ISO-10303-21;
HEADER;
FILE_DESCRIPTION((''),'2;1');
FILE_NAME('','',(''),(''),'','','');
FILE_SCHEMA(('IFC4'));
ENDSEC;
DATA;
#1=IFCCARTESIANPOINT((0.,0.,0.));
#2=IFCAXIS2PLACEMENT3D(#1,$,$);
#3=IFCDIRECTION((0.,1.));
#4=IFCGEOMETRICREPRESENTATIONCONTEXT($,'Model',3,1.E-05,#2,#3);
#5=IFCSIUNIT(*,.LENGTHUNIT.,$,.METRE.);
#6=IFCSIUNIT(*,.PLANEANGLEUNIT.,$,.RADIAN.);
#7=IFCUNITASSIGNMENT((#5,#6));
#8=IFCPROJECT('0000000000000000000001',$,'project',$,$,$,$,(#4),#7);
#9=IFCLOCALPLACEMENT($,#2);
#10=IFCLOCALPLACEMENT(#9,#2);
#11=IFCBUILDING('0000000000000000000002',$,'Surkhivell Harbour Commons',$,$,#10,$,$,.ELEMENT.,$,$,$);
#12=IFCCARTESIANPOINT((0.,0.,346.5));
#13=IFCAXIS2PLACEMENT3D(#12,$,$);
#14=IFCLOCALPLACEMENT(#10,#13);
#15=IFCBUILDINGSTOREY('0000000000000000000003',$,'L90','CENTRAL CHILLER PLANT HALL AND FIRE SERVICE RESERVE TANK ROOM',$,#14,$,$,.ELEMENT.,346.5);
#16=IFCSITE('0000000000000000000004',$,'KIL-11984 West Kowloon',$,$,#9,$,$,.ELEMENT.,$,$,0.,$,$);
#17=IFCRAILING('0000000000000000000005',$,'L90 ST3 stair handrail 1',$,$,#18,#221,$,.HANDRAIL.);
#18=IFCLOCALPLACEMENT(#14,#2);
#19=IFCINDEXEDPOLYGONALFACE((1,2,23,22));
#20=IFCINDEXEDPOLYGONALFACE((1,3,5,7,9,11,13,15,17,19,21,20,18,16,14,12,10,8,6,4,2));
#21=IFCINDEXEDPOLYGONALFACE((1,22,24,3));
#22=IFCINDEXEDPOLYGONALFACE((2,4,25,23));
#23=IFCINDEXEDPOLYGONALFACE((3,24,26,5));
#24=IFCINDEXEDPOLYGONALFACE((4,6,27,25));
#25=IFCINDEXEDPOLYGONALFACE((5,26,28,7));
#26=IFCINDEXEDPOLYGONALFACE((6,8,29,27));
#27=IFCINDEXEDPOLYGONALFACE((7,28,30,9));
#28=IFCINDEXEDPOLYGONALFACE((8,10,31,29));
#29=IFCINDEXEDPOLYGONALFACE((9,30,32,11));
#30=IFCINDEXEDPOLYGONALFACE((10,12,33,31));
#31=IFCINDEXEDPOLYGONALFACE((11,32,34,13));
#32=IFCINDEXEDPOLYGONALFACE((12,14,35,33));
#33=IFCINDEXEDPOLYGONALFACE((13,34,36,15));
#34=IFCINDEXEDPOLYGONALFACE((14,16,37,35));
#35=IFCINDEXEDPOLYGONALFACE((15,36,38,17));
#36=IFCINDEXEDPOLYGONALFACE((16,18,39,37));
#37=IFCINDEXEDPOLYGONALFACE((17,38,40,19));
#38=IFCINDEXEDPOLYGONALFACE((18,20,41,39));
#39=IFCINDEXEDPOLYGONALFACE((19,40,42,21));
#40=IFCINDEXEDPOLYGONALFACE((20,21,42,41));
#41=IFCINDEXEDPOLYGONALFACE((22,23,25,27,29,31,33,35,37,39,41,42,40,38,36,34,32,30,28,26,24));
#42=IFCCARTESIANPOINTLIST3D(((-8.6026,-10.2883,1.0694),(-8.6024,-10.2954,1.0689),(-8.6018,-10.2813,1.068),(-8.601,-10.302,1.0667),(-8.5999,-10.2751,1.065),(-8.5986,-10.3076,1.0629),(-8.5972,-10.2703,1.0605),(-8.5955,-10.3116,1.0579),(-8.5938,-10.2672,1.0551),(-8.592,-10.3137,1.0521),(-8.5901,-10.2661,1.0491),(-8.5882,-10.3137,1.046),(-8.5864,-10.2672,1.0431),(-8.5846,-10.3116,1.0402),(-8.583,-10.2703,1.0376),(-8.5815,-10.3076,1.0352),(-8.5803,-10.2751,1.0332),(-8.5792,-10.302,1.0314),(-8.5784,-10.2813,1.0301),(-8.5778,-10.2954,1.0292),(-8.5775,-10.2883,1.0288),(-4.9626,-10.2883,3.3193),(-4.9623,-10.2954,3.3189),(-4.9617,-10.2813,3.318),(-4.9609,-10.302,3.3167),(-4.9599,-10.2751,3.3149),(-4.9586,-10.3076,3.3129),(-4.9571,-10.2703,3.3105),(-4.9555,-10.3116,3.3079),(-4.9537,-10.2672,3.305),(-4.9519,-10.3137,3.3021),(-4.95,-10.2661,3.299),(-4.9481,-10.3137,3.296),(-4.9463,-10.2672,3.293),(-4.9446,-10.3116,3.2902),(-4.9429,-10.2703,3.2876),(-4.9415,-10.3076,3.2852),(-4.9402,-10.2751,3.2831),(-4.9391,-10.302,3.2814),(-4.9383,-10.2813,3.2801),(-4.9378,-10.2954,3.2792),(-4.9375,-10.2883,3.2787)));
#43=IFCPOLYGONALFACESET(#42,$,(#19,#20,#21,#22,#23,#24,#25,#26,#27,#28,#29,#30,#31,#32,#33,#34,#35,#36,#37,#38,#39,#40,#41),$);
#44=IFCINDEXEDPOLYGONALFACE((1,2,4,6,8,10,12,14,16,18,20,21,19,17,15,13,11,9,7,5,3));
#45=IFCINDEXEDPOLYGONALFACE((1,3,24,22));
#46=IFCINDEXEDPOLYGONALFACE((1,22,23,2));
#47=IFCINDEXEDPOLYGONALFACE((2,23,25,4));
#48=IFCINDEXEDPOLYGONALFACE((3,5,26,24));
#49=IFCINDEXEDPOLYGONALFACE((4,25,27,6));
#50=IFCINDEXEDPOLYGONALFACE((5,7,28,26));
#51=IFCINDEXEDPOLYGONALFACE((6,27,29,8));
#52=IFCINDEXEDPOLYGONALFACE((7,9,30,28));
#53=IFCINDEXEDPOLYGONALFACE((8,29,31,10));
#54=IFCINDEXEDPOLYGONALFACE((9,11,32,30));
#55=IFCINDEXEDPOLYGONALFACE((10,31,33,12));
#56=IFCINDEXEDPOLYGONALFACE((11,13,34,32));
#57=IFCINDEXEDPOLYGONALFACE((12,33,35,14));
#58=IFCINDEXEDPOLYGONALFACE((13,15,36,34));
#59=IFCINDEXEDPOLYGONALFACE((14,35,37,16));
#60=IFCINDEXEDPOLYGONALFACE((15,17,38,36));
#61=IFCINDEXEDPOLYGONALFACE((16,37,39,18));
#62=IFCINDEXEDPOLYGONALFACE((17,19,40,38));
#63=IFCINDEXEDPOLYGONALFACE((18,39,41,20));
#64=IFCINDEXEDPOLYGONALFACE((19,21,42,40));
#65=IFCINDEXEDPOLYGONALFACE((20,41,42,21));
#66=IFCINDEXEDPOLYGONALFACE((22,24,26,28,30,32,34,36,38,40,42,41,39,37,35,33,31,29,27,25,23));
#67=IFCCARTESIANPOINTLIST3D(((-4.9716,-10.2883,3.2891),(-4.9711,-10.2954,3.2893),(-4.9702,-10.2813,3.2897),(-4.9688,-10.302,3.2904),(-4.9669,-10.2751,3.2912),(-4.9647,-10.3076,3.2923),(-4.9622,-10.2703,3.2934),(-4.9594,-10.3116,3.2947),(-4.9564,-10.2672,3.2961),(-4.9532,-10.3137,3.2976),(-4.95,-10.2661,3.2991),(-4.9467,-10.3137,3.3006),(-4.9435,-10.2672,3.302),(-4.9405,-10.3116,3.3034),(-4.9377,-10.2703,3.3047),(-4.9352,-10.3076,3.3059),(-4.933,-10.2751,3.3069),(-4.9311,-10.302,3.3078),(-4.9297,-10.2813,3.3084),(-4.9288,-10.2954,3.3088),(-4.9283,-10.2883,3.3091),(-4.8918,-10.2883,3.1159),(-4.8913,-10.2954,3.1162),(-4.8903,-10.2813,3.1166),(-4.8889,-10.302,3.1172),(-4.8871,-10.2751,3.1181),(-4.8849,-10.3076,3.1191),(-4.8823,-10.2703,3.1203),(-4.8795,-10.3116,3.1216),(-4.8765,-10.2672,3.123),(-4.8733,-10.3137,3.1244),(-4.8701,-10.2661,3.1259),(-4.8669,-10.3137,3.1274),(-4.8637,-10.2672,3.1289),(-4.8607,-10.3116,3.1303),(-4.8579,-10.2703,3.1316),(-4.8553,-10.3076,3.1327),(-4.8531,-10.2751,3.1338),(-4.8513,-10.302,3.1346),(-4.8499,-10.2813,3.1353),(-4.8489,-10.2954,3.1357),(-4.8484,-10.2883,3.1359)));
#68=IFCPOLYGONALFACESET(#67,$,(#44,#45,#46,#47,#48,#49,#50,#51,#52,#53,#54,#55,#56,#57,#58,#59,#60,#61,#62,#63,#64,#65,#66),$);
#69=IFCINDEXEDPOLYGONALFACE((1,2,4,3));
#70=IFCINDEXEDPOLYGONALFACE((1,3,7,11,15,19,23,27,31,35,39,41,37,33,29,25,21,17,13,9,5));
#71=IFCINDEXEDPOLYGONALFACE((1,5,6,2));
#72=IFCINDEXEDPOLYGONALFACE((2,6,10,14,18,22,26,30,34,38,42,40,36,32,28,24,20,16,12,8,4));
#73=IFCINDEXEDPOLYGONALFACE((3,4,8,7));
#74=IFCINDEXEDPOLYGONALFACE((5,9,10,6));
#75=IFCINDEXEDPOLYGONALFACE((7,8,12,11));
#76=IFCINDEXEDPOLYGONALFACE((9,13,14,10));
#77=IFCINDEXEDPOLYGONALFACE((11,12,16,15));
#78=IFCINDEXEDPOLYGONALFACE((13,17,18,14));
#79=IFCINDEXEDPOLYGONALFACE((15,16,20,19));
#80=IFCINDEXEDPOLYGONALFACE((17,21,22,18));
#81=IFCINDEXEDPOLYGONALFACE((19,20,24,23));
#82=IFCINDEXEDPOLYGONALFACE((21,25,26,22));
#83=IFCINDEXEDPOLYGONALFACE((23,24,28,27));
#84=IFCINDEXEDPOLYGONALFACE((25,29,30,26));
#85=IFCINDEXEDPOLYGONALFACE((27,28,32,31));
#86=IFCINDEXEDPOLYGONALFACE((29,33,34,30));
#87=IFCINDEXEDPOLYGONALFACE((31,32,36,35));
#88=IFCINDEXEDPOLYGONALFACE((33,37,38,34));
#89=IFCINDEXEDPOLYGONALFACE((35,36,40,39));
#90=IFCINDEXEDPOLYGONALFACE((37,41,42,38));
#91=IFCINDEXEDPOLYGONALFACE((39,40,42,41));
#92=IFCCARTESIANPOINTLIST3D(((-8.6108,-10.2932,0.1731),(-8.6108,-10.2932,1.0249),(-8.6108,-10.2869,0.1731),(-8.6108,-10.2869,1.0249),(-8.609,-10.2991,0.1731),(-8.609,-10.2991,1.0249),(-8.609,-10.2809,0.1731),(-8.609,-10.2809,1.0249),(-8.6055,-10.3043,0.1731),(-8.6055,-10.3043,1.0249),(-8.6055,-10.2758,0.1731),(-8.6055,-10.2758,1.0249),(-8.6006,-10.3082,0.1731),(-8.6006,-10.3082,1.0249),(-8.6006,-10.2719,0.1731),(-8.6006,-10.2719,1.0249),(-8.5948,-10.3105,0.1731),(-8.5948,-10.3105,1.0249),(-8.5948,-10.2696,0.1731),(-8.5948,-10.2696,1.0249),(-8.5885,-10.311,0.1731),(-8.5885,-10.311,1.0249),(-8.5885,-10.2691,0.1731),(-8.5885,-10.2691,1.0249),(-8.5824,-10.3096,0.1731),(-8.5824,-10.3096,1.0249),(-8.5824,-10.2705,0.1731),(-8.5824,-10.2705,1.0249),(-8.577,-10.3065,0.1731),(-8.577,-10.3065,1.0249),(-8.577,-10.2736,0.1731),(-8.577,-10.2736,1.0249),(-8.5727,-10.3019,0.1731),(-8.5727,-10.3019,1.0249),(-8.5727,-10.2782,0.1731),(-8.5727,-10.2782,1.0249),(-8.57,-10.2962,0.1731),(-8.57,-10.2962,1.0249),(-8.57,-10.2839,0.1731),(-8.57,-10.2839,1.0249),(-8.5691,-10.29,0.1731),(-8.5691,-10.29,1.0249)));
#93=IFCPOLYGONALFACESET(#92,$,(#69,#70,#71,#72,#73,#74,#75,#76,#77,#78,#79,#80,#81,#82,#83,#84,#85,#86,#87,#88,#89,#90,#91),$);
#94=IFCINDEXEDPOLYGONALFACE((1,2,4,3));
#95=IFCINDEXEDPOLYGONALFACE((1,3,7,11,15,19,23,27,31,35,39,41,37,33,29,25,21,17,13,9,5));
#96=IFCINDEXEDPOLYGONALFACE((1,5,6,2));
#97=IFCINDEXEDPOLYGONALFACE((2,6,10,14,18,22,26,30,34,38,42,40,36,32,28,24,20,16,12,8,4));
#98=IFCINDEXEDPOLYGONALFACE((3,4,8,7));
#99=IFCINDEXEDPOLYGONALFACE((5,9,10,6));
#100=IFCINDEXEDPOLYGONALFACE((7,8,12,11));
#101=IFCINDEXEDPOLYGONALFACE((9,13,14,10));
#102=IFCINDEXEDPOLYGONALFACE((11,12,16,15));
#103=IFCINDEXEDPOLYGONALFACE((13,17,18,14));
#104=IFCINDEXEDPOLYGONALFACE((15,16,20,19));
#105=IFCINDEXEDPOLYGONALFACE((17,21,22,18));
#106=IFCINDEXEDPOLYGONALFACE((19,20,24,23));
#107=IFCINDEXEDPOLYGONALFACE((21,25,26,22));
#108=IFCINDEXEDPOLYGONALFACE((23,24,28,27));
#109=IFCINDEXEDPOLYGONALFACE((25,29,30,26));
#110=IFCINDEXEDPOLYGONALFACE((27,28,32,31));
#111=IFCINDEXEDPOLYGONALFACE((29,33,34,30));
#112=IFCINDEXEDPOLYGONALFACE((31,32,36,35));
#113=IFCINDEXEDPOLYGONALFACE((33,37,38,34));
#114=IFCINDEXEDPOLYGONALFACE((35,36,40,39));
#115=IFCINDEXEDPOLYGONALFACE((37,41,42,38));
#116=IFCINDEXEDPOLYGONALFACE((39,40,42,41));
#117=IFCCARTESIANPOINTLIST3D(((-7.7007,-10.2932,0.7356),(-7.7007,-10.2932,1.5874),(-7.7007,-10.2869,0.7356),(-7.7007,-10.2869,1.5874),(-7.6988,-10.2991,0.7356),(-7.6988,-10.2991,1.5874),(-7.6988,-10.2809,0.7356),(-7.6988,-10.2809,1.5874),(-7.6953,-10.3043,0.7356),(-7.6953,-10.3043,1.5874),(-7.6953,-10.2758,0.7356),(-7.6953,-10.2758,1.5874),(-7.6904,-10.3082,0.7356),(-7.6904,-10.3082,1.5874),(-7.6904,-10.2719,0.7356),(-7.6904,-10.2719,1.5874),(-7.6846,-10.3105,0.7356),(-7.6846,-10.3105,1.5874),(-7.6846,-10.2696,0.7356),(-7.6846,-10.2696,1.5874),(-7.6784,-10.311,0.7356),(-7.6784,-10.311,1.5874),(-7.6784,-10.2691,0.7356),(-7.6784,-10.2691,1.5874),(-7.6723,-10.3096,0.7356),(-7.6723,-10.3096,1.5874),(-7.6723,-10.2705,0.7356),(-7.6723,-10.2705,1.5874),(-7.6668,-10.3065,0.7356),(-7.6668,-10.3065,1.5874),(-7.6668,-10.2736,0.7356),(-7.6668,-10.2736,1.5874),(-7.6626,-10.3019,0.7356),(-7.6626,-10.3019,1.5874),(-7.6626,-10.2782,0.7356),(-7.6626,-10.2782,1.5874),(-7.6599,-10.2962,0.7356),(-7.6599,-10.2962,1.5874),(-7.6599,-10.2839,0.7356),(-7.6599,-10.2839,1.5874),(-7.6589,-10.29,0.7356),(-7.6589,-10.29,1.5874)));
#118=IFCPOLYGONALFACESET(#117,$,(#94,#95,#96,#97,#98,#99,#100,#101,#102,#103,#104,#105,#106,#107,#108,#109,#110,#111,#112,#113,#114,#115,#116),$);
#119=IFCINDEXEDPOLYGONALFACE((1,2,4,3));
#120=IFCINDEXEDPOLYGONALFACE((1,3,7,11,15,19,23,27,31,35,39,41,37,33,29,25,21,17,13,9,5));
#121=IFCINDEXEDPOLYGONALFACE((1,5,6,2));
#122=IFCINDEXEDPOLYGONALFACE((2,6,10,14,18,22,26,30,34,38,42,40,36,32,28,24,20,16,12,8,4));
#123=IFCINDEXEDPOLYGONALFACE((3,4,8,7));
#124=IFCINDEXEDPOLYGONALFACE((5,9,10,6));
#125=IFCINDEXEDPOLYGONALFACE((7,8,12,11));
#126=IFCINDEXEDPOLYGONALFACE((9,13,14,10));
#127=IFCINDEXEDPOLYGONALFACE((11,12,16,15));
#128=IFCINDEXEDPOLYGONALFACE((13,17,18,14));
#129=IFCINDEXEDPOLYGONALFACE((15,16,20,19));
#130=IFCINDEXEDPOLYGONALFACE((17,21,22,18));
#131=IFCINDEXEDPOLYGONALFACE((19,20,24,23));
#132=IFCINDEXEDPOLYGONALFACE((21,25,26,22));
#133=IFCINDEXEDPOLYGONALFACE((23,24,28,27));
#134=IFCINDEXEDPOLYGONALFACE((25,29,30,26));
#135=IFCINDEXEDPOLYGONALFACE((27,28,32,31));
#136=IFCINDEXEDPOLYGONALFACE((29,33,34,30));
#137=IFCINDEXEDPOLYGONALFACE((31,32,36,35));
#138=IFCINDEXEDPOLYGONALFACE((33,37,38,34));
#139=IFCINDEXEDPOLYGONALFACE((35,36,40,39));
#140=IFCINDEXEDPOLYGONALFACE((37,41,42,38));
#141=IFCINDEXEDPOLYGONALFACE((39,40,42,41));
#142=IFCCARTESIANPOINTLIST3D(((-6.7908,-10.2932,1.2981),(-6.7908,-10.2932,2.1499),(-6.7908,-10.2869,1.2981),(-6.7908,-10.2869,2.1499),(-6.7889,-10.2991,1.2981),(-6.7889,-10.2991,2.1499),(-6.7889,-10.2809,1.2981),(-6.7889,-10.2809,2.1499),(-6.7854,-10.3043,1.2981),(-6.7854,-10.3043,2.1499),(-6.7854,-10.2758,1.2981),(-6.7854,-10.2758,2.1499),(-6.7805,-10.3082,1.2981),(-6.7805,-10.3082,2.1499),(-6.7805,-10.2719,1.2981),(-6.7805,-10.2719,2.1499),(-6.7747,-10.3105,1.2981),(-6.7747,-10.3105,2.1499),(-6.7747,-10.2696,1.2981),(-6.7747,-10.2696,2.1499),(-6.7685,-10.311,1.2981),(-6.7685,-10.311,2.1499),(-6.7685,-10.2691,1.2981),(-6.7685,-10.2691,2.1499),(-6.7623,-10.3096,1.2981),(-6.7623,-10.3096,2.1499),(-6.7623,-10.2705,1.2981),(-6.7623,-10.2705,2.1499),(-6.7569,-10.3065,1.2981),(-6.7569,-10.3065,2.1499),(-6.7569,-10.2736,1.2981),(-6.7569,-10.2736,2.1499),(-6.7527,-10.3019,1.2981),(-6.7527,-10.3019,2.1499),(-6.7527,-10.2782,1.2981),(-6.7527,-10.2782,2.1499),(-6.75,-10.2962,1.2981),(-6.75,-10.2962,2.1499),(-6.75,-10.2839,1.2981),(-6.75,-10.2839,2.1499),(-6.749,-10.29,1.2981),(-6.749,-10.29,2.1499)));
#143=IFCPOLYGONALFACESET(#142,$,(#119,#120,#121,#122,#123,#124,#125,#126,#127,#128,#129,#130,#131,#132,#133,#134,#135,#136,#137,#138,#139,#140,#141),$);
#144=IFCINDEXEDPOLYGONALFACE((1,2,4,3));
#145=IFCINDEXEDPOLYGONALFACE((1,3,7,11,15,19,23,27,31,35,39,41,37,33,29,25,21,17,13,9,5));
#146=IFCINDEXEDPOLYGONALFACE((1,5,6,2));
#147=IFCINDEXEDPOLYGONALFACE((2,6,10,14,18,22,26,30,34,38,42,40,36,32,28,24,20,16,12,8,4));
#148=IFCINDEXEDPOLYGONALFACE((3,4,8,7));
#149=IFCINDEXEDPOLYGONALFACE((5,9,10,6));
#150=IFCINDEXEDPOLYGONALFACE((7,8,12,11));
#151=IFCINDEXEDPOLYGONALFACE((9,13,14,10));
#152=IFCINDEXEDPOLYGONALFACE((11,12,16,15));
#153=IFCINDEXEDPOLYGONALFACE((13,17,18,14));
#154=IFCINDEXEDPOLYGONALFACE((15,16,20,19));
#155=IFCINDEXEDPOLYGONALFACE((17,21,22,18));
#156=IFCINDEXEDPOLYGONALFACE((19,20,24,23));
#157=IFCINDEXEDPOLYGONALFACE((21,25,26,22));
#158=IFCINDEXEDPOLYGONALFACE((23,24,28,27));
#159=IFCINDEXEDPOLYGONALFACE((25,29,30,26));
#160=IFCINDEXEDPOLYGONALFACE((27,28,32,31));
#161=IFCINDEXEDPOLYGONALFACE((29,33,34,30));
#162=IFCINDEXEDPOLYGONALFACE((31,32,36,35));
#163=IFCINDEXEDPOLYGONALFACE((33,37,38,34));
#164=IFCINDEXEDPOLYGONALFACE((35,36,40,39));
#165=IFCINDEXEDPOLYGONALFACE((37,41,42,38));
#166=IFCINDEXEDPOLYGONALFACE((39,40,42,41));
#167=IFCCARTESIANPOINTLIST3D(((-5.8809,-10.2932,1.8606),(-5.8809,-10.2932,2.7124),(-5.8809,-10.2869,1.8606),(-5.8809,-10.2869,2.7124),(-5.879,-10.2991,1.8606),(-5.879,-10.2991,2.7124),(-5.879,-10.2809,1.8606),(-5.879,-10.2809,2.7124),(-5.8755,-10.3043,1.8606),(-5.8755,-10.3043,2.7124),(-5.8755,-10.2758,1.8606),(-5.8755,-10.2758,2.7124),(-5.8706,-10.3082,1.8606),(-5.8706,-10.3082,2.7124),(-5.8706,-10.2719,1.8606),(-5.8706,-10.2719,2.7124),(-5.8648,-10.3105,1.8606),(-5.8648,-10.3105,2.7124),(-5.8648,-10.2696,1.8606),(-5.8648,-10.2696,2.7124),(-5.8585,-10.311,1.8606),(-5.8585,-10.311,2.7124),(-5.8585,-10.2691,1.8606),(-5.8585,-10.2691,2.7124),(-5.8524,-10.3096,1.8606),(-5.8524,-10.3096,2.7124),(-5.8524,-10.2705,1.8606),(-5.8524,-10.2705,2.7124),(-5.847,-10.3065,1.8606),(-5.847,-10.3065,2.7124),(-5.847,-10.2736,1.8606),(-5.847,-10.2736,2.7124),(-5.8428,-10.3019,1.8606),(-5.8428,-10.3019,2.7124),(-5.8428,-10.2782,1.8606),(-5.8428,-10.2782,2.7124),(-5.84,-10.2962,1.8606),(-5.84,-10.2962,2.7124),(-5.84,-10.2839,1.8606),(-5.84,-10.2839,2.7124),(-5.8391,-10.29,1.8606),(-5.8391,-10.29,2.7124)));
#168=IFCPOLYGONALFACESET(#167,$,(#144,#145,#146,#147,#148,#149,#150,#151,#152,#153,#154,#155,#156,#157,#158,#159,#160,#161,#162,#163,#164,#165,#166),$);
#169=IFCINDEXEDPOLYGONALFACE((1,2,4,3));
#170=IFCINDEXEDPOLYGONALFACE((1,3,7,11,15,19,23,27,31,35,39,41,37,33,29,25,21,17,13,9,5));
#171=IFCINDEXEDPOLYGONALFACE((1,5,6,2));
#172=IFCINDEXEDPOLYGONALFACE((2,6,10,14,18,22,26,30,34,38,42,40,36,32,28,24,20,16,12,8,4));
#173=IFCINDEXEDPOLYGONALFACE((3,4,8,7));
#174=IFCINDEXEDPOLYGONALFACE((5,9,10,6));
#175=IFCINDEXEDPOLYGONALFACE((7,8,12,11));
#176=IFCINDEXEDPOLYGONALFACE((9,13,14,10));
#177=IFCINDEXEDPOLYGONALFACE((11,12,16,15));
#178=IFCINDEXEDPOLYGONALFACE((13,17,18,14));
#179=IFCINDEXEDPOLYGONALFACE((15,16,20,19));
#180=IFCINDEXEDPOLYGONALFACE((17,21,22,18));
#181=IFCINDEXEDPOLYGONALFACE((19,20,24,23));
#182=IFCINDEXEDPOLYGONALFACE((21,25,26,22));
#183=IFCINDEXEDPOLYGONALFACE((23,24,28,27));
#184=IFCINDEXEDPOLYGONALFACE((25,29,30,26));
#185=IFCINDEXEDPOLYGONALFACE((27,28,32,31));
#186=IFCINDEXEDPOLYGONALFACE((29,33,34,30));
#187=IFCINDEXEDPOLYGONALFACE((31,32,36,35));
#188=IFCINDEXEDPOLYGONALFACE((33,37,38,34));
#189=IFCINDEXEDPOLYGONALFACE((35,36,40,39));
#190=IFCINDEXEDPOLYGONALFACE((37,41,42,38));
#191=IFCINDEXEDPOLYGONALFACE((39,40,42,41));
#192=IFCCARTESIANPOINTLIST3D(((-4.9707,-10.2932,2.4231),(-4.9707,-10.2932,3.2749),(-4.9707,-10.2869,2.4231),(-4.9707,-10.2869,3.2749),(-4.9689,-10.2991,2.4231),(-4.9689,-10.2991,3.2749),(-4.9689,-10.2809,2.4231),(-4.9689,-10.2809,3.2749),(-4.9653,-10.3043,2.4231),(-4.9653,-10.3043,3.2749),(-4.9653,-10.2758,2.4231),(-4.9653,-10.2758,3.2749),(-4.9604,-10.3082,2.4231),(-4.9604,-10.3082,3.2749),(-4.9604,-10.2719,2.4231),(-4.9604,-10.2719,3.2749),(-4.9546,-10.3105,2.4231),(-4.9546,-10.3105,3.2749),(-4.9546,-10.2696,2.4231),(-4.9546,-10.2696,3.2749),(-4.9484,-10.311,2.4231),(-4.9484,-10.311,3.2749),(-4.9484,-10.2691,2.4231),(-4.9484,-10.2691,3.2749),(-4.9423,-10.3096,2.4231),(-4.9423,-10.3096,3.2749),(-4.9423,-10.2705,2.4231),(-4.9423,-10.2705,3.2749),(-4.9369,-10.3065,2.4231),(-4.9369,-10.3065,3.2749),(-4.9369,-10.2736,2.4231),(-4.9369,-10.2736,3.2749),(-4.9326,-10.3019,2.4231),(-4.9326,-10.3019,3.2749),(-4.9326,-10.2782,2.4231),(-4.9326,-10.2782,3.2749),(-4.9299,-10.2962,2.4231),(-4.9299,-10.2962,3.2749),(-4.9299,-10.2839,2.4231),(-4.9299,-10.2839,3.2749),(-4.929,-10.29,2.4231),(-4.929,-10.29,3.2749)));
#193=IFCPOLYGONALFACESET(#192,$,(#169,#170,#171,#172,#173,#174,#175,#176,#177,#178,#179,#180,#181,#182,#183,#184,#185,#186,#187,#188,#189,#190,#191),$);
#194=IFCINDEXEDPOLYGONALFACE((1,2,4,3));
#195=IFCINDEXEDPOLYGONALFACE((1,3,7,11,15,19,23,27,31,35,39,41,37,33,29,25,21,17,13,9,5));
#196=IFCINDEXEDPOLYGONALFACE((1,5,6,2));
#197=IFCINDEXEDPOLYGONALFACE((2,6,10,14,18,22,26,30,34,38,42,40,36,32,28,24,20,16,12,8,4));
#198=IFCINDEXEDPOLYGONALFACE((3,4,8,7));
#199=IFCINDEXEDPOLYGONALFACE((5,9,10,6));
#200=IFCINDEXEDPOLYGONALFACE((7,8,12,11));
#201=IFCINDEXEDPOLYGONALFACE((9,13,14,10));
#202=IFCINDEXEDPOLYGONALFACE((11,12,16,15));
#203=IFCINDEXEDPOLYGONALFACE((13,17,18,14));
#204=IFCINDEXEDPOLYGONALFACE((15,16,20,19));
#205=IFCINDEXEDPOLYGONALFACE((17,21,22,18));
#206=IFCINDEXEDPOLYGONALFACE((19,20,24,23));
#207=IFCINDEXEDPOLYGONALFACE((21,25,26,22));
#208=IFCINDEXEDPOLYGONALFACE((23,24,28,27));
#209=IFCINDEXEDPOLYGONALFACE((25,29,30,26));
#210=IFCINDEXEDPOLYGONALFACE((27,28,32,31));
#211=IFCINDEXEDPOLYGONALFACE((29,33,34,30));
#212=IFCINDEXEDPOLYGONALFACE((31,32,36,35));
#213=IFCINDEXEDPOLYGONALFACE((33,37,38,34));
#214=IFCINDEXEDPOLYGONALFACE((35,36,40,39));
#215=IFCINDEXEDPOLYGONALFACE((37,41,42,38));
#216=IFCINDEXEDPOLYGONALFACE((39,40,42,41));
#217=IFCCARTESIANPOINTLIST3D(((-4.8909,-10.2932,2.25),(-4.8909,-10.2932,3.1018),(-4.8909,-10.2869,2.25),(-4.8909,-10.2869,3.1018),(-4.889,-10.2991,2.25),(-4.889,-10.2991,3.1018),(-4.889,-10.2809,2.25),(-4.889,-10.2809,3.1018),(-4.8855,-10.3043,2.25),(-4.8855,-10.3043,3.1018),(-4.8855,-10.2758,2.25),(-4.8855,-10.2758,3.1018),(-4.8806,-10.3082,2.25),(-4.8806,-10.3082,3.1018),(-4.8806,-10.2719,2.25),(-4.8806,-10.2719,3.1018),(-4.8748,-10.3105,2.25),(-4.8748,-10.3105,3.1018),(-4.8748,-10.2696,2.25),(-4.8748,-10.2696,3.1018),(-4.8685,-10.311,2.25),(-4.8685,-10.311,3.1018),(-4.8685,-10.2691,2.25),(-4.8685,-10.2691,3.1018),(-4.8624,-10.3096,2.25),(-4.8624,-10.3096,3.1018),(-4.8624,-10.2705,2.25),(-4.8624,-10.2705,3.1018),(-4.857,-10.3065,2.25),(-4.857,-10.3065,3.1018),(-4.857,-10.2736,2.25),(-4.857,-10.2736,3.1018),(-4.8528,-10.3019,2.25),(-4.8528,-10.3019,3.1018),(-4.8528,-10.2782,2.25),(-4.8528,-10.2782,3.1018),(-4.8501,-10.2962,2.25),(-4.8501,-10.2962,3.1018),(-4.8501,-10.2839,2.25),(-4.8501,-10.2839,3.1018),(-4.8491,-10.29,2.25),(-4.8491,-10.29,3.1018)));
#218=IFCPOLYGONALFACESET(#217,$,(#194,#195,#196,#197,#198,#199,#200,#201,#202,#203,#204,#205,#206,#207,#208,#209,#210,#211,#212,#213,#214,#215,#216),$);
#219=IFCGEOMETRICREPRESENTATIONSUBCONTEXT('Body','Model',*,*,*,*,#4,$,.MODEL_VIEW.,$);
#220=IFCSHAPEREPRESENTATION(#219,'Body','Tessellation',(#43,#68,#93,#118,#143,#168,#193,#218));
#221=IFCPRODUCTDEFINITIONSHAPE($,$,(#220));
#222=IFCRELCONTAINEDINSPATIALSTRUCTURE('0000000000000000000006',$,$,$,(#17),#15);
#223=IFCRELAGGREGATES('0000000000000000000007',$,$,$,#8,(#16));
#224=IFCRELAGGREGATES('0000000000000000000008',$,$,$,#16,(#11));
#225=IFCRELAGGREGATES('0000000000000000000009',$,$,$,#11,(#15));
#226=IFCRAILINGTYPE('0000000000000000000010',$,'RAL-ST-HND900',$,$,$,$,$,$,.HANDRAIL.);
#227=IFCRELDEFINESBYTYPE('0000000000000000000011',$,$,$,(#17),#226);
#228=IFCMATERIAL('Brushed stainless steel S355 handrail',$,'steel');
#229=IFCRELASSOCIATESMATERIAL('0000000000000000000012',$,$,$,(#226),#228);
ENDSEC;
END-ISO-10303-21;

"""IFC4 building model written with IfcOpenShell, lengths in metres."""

from ifc_helpers import new_model, si_unit, direction, frame, origin, origin_2d, place, context, subcontext, project, spatial, circle, extrude, material, type_object, element, save


model = new_model("IFC4")

# Units and contexts
model_context = context("Model", 3, precision=1e-05, world=origin(), true_north=direction((0.0, 1.0)))
body_context = subcontext(model_context, "Body", "Model", "MODEL_VIEW")
ifc_project = project(units=[si_unit("LENGTHUNIT", "METRE"), si_unit("PLANEANGLEUNIT", "RADIAN")], contexts=[model_context])

# Site, building, storey
site_placement = place(None, origin())
site = spatial("IfcSite", under=ifc_project, at=site_placement, Name="KIL-11984 West Kowloon", CompositionType="ELEMENT", RefElevation=0.0)
building_placement = place(site_placement, origin())
building = spatial("IfcBuilding", under=site, at=building_placement, Name="Surkhivell Harbour Commons", CompositionType="ELEMENT")
storey_placement = place(building_placement, frame((0.0, 0.0, 346.5)))
storey = spatial("IfcBuildingStorey", under=building, at=storey_placement, Name="L90", Description="CENTRAL CHILLER PLANT HALL AND FIRE SERVICE RESERVE TANK ROOM", CompositionType="ELEMENT", Elevation=346.5)

# Railing
ifc_material_1 = material(Name="Brushed stainless steel S355 handrail", Category="steel")
railing_type_1 = type_object("IfcRailingType", Name="RAL-ST-HND900", PredefinedType="HANDRAIL", material=ifc_material_1)
railing_1_placement = place(storey_placement, frame((-8.5901, -10.29, 0.1731)))
element("IfcRailing", 1, at=railing_1_placement, inside=storey, type_object=railing_type_1, Name="L90 ST3 stair handrail 1", PredefinedType="HANDRAIL", context=body_context, shape_type="SweptSolid", body=[
    extrude(circle(Radius=0.0239, at=origin_2d()), frame((0.0, 0.0, 0.876), z_axis=(0.850622, 0.0, 0.525777), x_axis=(0.0, 1.0, 0.0)), (0.0, 0.0, 1.0), 4.2793),
    extrude(circle(Radius=0.0239, at=origin_2d()), frame((3.6401, 0.0, 3.126), z_axis=(0.418815, 0.0, -0.908072), x_axis=(0.0, 1.0, 0.0)), (0.0, 0.0, 1.0), 0.1907),
    extrude(circle(Radius=0.021, at=origin_2d()), origin(), (0.0, 0.0, 1.0), 0.8518),
    extrude(circle(Radius=0.021, at=origin_2d()), frame((0.9102, 0.0, 0.5625)), (0.0, 0.0, 1.0), 0.8518),
    extrude(circle(Radius=0.021, at=origin_2d()), frame((1.8201, 0.0, 1.125)), (0.0, 0.0, 1.0), 0.8518),
    extrude(circle(Radius=0.021, at=origin_2d()), frame((2.73, 0.0, 1.6875)), (0.0, 0.0, 1.0), 0.8518),
    extrude(circle(Radius=0.021, at=origin_2d()), frame((3.6401, 0.0, 2.25)), (0.0, 0.0, 1.0), 0.8518),
    extrude(circle(Radius=0.021, at=origin_2d()), frame((3.72, 0.0, 2.0769)), (0.0, 0.0, 1.0), 0.8518),
])

save(model, "model.ifc")
